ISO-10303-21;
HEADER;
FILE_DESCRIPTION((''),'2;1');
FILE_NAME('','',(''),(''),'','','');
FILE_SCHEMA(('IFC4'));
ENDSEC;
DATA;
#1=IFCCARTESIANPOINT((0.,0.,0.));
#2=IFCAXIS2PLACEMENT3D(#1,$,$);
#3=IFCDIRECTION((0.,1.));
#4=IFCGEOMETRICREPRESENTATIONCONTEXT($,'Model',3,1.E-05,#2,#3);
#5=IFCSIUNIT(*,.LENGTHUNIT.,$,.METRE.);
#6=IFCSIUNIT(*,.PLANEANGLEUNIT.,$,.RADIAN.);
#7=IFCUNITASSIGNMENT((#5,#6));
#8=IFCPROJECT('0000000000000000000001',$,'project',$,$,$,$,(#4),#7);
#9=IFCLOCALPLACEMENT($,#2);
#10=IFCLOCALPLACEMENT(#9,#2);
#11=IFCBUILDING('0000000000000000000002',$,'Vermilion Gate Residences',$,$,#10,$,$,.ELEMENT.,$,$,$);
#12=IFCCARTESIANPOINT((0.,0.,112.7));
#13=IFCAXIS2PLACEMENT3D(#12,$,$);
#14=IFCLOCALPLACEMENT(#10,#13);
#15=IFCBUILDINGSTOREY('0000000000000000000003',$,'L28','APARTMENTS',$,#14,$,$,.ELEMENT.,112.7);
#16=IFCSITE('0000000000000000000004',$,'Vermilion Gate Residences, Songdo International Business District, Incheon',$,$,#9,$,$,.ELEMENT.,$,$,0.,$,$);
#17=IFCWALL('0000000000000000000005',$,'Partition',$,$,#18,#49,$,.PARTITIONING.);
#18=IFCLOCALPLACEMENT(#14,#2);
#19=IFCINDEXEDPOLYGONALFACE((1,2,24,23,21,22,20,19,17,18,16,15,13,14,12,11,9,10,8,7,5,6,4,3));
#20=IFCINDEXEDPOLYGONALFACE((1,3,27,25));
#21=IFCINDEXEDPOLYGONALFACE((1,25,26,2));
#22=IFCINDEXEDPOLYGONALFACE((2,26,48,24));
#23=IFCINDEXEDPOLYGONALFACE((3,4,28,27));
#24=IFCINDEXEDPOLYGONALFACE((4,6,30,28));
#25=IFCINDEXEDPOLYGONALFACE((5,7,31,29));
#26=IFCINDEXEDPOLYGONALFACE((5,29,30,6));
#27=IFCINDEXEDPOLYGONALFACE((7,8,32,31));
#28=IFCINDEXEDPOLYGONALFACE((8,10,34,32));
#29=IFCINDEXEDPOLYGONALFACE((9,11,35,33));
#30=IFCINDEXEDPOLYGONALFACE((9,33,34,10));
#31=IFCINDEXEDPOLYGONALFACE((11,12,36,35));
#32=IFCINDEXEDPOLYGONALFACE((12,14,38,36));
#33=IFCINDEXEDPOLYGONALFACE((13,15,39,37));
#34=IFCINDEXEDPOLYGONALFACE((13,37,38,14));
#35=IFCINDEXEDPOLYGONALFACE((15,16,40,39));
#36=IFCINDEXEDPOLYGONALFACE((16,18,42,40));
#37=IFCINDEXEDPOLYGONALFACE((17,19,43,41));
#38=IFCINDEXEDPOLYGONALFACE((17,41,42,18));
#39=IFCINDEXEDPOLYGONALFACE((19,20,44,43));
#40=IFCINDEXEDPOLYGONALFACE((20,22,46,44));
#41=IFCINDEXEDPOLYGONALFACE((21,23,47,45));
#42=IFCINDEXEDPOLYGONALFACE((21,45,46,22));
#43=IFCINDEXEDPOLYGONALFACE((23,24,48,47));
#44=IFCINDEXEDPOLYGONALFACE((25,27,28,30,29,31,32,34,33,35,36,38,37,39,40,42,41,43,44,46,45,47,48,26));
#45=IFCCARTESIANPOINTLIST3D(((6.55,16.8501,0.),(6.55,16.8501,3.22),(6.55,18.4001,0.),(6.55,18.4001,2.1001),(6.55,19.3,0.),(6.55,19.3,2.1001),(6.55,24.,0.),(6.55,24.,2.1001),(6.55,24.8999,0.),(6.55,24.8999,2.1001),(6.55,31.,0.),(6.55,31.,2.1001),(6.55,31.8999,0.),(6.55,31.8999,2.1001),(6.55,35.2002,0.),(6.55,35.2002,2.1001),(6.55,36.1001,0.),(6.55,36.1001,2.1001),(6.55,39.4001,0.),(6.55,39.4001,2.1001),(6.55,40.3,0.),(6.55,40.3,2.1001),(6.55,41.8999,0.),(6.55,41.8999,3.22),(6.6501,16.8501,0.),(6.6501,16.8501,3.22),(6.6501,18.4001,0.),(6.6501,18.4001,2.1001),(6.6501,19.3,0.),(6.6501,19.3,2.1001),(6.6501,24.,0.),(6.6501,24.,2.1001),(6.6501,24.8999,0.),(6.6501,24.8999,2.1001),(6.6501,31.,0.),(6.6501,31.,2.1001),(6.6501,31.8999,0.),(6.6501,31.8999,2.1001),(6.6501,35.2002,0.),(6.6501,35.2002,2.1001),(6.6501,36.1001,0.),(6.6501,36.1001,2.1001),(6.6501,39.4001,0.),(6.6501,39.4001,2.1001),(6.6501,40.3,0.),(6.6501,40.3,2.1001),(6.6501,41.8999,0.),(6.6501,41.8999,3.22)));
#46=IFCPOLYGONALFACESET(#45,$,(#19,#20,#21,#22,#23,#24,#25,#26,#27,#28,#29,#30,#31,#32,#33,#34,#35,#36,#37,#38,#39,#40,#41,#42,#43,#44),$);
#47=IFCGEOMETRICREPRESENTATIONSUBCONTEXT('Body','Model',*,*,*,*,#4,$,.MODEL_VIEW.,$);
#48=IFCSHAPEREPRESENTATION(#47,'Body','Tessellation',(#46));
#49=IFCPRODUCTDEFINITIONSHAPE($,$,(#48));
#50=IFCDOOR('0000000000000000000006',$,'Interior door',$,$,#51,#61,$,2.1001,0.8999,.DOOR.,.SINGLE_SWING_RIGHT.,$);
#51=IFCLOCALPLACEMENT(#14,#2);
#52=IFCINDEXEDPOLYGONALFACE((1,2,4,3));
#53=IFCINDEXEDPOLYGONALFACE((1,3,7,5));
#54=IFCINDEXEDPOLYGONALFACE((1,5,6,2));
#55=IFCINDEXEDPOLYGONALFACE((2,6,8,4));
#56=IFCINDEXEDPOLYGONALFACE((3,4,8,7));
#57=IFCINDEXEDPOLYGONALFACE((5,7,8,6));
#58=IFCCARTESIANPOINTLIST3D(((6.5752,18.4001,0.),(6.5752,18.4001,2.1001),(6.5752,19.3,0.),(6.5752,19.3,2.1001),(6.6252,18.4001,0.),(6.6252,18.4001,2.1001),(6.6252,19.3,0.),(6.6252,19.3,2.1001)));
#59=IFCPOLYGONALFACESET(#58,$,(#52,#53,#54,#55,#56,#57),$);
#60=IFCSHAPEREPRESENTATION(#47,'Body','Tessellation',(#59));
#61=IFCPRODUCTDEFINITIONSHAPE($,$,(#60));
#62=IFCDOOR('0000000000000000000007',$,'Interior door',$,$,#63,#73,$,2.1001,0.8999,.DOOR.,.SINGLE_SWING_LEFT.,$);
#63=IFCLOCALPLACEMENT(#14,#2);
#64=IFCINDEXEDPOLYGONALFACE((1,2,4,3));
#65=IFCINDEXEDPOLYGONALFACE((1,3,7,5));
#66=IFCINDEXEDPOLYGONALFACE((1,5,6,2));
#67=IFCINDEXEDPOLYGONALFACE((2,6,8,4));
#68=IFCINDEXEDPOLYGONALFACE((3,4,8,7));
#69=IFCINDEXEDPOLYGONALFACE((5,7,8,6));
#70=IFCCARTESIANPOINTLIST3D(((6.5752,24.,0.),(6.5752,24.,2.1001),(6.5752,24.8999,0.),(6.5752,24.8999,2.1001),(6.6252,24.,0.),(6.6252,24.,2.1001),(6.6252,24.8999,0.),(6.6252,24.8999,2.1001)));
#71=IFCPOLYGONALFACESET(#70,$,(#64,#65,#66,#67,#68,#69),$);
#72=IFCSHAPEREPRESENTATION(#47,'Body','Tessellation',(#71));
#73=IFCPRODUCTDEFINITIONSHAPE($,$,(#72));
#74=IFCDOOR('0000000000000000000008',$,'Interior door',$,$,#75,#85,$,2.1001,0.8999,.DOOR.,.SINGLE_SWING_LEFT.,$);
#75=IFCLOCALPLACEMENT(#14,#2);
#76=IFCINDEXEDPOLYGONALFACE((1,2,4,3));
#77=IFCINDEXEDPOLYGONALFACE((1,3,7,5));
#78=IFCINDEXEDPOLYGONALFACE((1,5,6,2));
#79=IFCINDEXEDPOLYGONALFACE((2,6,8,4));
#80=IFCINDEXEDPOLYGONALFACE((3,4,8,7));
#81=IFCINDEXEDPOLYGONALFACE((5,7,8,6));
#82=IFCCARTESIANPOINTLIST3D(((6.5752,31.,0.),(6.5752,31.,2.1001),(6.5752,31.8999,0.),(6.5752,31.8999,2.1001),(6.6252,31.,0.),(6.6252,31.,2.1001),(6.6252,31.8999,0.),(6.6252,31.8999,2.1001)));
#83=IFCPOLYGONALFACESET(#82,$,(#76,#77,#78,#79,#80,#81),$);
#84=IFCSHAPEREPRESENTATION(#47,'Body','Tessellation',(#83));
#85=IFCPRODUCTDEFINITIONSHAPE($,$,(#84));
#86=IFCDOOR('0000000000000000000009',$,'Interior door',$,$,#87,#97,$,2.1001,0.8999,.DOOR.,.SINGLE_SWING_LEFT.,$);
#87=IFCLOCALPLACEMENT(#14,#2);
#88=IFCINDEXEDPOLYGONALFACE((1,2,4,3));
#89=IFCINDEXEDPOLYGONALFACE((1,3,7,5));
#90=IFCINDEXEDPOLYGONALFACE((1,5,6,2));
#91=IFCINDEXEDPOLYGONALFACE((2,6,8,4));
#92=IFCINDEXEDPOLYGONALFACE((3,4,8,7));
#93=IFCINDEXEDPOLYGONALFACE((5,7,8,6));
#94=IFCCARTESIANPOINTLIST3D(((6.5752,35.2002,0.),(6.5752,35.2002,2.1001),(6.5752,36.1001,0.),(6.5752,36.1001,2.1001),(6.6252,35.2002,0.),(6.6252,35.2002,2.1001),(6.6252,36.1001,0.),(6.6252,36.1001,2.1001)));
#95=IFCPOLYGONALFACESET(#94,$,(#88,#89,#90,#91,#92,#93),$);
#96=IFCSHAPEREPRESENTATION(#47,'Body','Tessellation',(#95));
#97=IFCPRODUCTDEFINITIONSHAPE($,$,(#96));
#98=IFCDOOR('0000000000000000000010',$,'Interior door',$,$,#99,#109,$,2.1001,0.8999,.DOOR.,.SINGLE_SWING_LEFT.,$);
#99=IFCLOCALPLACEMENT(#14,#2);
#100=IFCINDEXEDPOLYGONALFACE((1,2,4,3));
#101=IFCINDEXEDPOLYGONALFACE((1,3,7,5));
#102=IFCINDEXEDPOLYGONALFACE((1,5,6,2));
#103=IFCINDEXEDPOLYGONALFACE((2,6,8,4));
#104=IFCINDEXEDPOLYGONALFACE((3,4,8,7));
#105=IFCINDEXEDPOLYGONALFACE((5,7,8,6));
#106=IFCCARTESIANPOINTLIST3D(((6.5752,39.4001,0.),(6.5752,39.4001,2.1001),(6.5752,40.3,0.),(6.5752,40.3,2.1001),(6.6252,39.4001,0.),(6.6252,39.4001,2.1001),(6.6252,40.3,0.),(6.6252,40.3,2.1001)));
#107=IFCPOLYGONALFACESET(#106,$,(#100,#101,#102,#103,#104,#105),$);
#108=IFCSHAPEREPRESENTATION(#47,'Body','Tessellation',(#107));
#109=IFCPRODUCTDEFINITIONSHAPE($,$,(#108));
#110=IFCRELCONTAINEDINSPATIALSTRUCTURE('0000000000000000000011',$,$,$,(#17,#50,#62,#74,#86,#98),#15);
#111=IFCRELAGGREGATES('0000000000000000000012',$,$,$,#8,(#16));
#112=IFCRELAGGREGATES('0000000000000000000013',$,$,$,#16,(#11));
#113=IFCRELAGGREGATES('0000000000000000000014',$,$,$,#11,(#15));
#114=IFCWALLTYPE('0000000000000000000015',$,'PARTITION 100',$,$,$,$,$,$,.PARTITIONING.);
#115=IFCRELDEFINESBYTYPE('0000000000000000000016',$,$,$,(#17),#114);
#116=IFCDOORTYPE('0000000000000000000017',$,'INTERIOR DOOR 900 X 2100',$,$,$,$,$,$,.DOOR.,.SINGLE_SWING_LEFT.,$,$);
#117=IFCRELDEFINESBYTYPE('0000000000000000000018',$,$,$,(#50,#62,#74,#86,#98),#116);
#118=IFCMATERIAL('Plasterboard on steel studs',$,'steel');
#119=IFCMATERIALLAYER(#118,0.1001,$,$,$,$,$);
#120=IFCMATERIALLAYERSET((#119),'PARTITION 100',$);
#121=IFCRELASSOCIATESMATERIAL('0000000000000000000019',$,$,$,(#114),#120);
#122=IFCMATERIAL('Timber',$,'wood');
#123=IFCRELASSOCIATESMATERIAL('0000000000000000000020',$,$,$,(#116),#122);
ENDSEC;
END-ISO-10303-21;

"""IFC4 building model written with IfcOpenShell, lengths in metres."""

from ifc_helpers import new_model, si_unit, direction, frame, frame_2d, origin, place, context, subcontext, project, spatial, rectangle, extrude, material, layer, layer_set, type_object, element, fill, save


model = new_model("IFC4")

# Units and contexts
model_context = context("Model", 3, precision=1e-05, world=origin(), true_north=direction((0.0, 1.0)))
body_context = subcontext(model_context, "Body", "Model", "MODEL_VIEW")
ifc_project = project(units=[si_unit("LENGTHUNIT", "METRE"), si_unit("PLANEANGLEUNIT", "RADIAN")], contexts=[model_context])

# Site, building, storey
site_placement = place(None, origin())
site = spatial("IfcSite", under=ifc_project, at=site_placement, Name="Vermilion Gate Residences, Songdo International Business District, Incheon", CompositionType="ELEMENT", RefElevation=0.0)
building_placement = place(site_placement, origin())
building = spatial("IfcBuilding", under=site, at=building_placement, Name="Vermilion Gate Residences", CompositionType="ELEMENT")
storey_placement = place(building_placement, frame((0.0, 0.0, 112.7)))
storey = spatial("IfcBuildingStorey", under=building, at=storey_placement, Name="L28", Description="APARTMENTS", CompositionType="ELEMENT", Elevation=112.7)

# Shared definitions
ifc_material_1 = material(Name="Plasterboard on steel studs", Category="steel")
ifc_layer_1 = layer(ifc_material_1, 0.1001)
ifc_layer_set_1 = layer_set([ifc_layer_1], Name="PARTITION 100")
wall_type_1 = type_object("IfcWallType", Name="PARTITION 100", PredefinedType="PARTITIONING", material=ifc_layer_set_1)

# Wall, openings, doors
wall_1_placement = place(storey_placement, frame((6.6001, 16.8501, 0.0), z_axis=(0.0, 0.0, 1.0), x_axis=(0.0, 1.0, 0.0)))
wall_1 = element("IfcWall", 1, at=wall_1_placement, inside=storey, type_object=wall_type_1, Name="Partition", PredefinedType="PARTITIONING", context=body_context, shape_type="SweptSolid", body=[
    extrude(rectangle(XDim=25.0498, YDim=0.1001, at=frame_2d((12.5249, 0.0))), origin(), (0.0, 0.0, 1.0), 3.22),
])
opening_1_placement = place(wall_1_placement, frame((1.55, 0.0, 0.0)))
opening_1 = element("IfcOpeningElement", 2, at=opening_1_placement, cuts=wall_1, PredefinedType="OPENING", context=body_context, shape_type="SweptSolid", body=[
    extrude(rectangle(XDim=0.8999, YDim=2.1001, at=frame_2d((0.45, 1.05))), frame((0.0, 0.0601, 0.0), z_axis=(0.0, -1.0, 0.0), x_axis=(1.0, 0.0, 0.0)), (0.0, 0.0, 1.0), 0.1201),
])
opening_2_placement = place(wall_1_placement, frame((7.1499, 0.0, 0.0)))
opening_2 = element("IfcOpeningElement", 3, at=opening_2_placement, cuts=wall_1, PredefinedType="OPENING", context=body_context, shape_type="SweptSolid", body=[
    extrude(rectangle(XDim=0.8999, YDim=2.1001, at=frame_2d((0.45, 1.05))), frame((0.0, 0.0601, 0.0), z_axis=(0.0, -1.0, 0.0), x_axis=(1.0, 0.0, 0.0)), (0.0, 0.0, 1.0), 0.1201),
])
opening_3_placement = place(wall_1_placement, frame((14.1499, 0.0, 0.0)))
opening_3 = element("IfcOpeningElement", 4, at=opening_3_placement, cuts=wall_1, PredefinedType="OPENING", context=body_context, shape_type="SweptSolid", body=[
    extrude(rectangle(XDim=0.8999, YDim=2.1001, at=frame_2d((0.45, 1.05))), frame((0.0, 0.0601, 0.0), z_axis=(0.0, -1.0, 0.0), x_axis=(1.0, 0.0, 0.0)), (0.0, 0.0, 1.0), 0.1201),
])
opening_4_placement = place(wall_1_placement, frame((18.3501, 0.0, 0.0)))
opening_4 = element("IfcOpeningElement", 5, at=opening_4_placement, cuts=wall_1, PredefinedType="OPENING", context=body_context, shape_type="SweptSolid", body=[
    extrude(rectangle(XDim=0.8999, YDim=2.1001, at=frame_2d((0.45, 1.05))), frame((0.0, 0.0601, 0.0), z_axis=(0.0, -1.0, 0.0), x_axis=(1.0, 0.0, 0.0)), (0.0, 0.0, 1.0), 0.1201),
])
opening_5_placement = place(wall_1_placement, frame((22.55, 0.0, 0.0)))
opening_5 = element("IfcOpeningElement", 6, at=opening_5_placement, cuts=wall_1, PredefinedType="OPENING", context=body_context, shape_type="SweptSolid", body=[
    extrude(rectangle(XDim=0.8999, YDim=2.1001, at=frame_2d((0.45, 1.05))), frame((0.0, 0.0601, 0.0), z_axis=(0.0, -1.0, 0.0), x_axis=(1.0, 0.0, 0.0)), (0.0, 0.0, 1.0), 0.1201),
])
ifc_material_2 = material(Name="Timber", Category="wood")
door_type = type_object("IfcDoorType", Name="INTERIOR DOOR 900 X 2100", OperationType="SINGLE_SWING_LEFT", PredefinedType="DOOR", material=ifc_material_2)
door_1_placement = place(opening_1_placement, origin())
door_1 = element("IfcDoor", 7, at=door_1_placement, inside=storey, type_object=door_type, Name="Interior door", OperationType="SINGLE_SWING_RIGHT", OverallHeight=2.1001, OverallWidth=0.8999, PredefinedType="DOOR", context=body_context, shape_type="SweptSolid", body=[
    extrude(rectangle(XDim=0.8999, YDim=2.1001, at=frame_2d((0.45, 1.05))), frame((0.0, 0.0249, 0.0), z_axis=(0.0, -1.0, 0.0), x_axis=(1.0, 0.0, 0.0)), (0.0, 0.0, 1.0), 0.05),
])
fill(opening_1, door_1)
door_2_placement = place(opening_2_placement, origin())
door_2 = element("IfcDoor", 8, at=door_2_placement, inside=storey, type_object=door_type, Name="Interior door", OperationType="SINGLE_SWING_LEFT", OverallHeight=2.1001, OverallWidth=0.8999, PredefinedType="DOOR", context=body_context, shape_type="SweptSolid", body=[
    extrude(rectangle(XDim=0.8999, YDim=2.1001, at=frame_2d((0.45, 1.05))), frame((0.0, 0.0249, 0.0), z_axis=(0.0, -1.0, 0.0), x_axis=(1.0, 0.0, 0.0)), (0.0, 0.0, 1.0), 0.05),
])
fill(opening_2, door_2)
door_3_placement = place(opening_3_placement, origin())
door_3 = element("IfcDoor", 9, at=door_3_placement, inside=storey, type_object=door_type, Name="Interior door", OperationType="SINGLE_SWING_LEFT", OverallHeight=2.1001, OverallWidth=0.8999, PredefinedType="DOOR", context=body_context, shape_type="SweptSolid", body=[
    extrude(rectangle(XDim=0.8999, YDim=2.1001, at=frame_2d((0.45, 1.05))), frame((0.0, 0.0249, 0.0), z_axis=(0.0, -1.0, 0.0), x_axis=(1.0, 0.0, 0.0)), (0.0, 0.0, 1.0), 0.05),
])
fill(opening_3, door_3)
door_4_placement = place(opening_4_placement, origin())
door_4 = element("IfcDoor", 10, at=door_4_placement, inside=storey, type_object=door_type, Name="Interior door", OperationType="SINGLE_SWING_LEFT", OverallHeight=2.1001, OverallWidth=0.8999, PredefinedType="DOOR", context=body_context, shape_type="SweptSolid", body=[
    extrude(rectangle(XDim=0.8999, YDim=2.1001, at=frame_2d((0.45, 1.05))), frame((0.0, 0.0249, 0.0), z_axis=(0.0, -1.0, 0.0), x_axis=(1.0, 0.0, 0.0)), (0.0, 0.0, 1.0), 0.05),
])
fill(opening_4, door_4)
door_5_placement = place(opening_5_placement, origin())
door_5 = element("IfcDoor", 11, at=door_5_placement, inside=storey, type_object=door_type, Name="Interior door", OperationType="SINGLE_SWING_LEFT", OverallHeight=2.1001, OverallWidth=0.8999, PredefinedType="DOOR", context=body_context, shape_type="SweptSolid", body=[
    extrude(rectangle(XDim=0.8999, YDim=2.1001, at=frame_2d((0.45, 1.05))), frame((0.0, 0.0249, 0.0), z_axis=(0.0, -1.0, 0.0), x_axis=(1.0, 0.0, 0.0)), (0.0, 0.0, 1.0), 0.05),
])
fill(opening_5, door_5)

save(model, "model.ifc")
